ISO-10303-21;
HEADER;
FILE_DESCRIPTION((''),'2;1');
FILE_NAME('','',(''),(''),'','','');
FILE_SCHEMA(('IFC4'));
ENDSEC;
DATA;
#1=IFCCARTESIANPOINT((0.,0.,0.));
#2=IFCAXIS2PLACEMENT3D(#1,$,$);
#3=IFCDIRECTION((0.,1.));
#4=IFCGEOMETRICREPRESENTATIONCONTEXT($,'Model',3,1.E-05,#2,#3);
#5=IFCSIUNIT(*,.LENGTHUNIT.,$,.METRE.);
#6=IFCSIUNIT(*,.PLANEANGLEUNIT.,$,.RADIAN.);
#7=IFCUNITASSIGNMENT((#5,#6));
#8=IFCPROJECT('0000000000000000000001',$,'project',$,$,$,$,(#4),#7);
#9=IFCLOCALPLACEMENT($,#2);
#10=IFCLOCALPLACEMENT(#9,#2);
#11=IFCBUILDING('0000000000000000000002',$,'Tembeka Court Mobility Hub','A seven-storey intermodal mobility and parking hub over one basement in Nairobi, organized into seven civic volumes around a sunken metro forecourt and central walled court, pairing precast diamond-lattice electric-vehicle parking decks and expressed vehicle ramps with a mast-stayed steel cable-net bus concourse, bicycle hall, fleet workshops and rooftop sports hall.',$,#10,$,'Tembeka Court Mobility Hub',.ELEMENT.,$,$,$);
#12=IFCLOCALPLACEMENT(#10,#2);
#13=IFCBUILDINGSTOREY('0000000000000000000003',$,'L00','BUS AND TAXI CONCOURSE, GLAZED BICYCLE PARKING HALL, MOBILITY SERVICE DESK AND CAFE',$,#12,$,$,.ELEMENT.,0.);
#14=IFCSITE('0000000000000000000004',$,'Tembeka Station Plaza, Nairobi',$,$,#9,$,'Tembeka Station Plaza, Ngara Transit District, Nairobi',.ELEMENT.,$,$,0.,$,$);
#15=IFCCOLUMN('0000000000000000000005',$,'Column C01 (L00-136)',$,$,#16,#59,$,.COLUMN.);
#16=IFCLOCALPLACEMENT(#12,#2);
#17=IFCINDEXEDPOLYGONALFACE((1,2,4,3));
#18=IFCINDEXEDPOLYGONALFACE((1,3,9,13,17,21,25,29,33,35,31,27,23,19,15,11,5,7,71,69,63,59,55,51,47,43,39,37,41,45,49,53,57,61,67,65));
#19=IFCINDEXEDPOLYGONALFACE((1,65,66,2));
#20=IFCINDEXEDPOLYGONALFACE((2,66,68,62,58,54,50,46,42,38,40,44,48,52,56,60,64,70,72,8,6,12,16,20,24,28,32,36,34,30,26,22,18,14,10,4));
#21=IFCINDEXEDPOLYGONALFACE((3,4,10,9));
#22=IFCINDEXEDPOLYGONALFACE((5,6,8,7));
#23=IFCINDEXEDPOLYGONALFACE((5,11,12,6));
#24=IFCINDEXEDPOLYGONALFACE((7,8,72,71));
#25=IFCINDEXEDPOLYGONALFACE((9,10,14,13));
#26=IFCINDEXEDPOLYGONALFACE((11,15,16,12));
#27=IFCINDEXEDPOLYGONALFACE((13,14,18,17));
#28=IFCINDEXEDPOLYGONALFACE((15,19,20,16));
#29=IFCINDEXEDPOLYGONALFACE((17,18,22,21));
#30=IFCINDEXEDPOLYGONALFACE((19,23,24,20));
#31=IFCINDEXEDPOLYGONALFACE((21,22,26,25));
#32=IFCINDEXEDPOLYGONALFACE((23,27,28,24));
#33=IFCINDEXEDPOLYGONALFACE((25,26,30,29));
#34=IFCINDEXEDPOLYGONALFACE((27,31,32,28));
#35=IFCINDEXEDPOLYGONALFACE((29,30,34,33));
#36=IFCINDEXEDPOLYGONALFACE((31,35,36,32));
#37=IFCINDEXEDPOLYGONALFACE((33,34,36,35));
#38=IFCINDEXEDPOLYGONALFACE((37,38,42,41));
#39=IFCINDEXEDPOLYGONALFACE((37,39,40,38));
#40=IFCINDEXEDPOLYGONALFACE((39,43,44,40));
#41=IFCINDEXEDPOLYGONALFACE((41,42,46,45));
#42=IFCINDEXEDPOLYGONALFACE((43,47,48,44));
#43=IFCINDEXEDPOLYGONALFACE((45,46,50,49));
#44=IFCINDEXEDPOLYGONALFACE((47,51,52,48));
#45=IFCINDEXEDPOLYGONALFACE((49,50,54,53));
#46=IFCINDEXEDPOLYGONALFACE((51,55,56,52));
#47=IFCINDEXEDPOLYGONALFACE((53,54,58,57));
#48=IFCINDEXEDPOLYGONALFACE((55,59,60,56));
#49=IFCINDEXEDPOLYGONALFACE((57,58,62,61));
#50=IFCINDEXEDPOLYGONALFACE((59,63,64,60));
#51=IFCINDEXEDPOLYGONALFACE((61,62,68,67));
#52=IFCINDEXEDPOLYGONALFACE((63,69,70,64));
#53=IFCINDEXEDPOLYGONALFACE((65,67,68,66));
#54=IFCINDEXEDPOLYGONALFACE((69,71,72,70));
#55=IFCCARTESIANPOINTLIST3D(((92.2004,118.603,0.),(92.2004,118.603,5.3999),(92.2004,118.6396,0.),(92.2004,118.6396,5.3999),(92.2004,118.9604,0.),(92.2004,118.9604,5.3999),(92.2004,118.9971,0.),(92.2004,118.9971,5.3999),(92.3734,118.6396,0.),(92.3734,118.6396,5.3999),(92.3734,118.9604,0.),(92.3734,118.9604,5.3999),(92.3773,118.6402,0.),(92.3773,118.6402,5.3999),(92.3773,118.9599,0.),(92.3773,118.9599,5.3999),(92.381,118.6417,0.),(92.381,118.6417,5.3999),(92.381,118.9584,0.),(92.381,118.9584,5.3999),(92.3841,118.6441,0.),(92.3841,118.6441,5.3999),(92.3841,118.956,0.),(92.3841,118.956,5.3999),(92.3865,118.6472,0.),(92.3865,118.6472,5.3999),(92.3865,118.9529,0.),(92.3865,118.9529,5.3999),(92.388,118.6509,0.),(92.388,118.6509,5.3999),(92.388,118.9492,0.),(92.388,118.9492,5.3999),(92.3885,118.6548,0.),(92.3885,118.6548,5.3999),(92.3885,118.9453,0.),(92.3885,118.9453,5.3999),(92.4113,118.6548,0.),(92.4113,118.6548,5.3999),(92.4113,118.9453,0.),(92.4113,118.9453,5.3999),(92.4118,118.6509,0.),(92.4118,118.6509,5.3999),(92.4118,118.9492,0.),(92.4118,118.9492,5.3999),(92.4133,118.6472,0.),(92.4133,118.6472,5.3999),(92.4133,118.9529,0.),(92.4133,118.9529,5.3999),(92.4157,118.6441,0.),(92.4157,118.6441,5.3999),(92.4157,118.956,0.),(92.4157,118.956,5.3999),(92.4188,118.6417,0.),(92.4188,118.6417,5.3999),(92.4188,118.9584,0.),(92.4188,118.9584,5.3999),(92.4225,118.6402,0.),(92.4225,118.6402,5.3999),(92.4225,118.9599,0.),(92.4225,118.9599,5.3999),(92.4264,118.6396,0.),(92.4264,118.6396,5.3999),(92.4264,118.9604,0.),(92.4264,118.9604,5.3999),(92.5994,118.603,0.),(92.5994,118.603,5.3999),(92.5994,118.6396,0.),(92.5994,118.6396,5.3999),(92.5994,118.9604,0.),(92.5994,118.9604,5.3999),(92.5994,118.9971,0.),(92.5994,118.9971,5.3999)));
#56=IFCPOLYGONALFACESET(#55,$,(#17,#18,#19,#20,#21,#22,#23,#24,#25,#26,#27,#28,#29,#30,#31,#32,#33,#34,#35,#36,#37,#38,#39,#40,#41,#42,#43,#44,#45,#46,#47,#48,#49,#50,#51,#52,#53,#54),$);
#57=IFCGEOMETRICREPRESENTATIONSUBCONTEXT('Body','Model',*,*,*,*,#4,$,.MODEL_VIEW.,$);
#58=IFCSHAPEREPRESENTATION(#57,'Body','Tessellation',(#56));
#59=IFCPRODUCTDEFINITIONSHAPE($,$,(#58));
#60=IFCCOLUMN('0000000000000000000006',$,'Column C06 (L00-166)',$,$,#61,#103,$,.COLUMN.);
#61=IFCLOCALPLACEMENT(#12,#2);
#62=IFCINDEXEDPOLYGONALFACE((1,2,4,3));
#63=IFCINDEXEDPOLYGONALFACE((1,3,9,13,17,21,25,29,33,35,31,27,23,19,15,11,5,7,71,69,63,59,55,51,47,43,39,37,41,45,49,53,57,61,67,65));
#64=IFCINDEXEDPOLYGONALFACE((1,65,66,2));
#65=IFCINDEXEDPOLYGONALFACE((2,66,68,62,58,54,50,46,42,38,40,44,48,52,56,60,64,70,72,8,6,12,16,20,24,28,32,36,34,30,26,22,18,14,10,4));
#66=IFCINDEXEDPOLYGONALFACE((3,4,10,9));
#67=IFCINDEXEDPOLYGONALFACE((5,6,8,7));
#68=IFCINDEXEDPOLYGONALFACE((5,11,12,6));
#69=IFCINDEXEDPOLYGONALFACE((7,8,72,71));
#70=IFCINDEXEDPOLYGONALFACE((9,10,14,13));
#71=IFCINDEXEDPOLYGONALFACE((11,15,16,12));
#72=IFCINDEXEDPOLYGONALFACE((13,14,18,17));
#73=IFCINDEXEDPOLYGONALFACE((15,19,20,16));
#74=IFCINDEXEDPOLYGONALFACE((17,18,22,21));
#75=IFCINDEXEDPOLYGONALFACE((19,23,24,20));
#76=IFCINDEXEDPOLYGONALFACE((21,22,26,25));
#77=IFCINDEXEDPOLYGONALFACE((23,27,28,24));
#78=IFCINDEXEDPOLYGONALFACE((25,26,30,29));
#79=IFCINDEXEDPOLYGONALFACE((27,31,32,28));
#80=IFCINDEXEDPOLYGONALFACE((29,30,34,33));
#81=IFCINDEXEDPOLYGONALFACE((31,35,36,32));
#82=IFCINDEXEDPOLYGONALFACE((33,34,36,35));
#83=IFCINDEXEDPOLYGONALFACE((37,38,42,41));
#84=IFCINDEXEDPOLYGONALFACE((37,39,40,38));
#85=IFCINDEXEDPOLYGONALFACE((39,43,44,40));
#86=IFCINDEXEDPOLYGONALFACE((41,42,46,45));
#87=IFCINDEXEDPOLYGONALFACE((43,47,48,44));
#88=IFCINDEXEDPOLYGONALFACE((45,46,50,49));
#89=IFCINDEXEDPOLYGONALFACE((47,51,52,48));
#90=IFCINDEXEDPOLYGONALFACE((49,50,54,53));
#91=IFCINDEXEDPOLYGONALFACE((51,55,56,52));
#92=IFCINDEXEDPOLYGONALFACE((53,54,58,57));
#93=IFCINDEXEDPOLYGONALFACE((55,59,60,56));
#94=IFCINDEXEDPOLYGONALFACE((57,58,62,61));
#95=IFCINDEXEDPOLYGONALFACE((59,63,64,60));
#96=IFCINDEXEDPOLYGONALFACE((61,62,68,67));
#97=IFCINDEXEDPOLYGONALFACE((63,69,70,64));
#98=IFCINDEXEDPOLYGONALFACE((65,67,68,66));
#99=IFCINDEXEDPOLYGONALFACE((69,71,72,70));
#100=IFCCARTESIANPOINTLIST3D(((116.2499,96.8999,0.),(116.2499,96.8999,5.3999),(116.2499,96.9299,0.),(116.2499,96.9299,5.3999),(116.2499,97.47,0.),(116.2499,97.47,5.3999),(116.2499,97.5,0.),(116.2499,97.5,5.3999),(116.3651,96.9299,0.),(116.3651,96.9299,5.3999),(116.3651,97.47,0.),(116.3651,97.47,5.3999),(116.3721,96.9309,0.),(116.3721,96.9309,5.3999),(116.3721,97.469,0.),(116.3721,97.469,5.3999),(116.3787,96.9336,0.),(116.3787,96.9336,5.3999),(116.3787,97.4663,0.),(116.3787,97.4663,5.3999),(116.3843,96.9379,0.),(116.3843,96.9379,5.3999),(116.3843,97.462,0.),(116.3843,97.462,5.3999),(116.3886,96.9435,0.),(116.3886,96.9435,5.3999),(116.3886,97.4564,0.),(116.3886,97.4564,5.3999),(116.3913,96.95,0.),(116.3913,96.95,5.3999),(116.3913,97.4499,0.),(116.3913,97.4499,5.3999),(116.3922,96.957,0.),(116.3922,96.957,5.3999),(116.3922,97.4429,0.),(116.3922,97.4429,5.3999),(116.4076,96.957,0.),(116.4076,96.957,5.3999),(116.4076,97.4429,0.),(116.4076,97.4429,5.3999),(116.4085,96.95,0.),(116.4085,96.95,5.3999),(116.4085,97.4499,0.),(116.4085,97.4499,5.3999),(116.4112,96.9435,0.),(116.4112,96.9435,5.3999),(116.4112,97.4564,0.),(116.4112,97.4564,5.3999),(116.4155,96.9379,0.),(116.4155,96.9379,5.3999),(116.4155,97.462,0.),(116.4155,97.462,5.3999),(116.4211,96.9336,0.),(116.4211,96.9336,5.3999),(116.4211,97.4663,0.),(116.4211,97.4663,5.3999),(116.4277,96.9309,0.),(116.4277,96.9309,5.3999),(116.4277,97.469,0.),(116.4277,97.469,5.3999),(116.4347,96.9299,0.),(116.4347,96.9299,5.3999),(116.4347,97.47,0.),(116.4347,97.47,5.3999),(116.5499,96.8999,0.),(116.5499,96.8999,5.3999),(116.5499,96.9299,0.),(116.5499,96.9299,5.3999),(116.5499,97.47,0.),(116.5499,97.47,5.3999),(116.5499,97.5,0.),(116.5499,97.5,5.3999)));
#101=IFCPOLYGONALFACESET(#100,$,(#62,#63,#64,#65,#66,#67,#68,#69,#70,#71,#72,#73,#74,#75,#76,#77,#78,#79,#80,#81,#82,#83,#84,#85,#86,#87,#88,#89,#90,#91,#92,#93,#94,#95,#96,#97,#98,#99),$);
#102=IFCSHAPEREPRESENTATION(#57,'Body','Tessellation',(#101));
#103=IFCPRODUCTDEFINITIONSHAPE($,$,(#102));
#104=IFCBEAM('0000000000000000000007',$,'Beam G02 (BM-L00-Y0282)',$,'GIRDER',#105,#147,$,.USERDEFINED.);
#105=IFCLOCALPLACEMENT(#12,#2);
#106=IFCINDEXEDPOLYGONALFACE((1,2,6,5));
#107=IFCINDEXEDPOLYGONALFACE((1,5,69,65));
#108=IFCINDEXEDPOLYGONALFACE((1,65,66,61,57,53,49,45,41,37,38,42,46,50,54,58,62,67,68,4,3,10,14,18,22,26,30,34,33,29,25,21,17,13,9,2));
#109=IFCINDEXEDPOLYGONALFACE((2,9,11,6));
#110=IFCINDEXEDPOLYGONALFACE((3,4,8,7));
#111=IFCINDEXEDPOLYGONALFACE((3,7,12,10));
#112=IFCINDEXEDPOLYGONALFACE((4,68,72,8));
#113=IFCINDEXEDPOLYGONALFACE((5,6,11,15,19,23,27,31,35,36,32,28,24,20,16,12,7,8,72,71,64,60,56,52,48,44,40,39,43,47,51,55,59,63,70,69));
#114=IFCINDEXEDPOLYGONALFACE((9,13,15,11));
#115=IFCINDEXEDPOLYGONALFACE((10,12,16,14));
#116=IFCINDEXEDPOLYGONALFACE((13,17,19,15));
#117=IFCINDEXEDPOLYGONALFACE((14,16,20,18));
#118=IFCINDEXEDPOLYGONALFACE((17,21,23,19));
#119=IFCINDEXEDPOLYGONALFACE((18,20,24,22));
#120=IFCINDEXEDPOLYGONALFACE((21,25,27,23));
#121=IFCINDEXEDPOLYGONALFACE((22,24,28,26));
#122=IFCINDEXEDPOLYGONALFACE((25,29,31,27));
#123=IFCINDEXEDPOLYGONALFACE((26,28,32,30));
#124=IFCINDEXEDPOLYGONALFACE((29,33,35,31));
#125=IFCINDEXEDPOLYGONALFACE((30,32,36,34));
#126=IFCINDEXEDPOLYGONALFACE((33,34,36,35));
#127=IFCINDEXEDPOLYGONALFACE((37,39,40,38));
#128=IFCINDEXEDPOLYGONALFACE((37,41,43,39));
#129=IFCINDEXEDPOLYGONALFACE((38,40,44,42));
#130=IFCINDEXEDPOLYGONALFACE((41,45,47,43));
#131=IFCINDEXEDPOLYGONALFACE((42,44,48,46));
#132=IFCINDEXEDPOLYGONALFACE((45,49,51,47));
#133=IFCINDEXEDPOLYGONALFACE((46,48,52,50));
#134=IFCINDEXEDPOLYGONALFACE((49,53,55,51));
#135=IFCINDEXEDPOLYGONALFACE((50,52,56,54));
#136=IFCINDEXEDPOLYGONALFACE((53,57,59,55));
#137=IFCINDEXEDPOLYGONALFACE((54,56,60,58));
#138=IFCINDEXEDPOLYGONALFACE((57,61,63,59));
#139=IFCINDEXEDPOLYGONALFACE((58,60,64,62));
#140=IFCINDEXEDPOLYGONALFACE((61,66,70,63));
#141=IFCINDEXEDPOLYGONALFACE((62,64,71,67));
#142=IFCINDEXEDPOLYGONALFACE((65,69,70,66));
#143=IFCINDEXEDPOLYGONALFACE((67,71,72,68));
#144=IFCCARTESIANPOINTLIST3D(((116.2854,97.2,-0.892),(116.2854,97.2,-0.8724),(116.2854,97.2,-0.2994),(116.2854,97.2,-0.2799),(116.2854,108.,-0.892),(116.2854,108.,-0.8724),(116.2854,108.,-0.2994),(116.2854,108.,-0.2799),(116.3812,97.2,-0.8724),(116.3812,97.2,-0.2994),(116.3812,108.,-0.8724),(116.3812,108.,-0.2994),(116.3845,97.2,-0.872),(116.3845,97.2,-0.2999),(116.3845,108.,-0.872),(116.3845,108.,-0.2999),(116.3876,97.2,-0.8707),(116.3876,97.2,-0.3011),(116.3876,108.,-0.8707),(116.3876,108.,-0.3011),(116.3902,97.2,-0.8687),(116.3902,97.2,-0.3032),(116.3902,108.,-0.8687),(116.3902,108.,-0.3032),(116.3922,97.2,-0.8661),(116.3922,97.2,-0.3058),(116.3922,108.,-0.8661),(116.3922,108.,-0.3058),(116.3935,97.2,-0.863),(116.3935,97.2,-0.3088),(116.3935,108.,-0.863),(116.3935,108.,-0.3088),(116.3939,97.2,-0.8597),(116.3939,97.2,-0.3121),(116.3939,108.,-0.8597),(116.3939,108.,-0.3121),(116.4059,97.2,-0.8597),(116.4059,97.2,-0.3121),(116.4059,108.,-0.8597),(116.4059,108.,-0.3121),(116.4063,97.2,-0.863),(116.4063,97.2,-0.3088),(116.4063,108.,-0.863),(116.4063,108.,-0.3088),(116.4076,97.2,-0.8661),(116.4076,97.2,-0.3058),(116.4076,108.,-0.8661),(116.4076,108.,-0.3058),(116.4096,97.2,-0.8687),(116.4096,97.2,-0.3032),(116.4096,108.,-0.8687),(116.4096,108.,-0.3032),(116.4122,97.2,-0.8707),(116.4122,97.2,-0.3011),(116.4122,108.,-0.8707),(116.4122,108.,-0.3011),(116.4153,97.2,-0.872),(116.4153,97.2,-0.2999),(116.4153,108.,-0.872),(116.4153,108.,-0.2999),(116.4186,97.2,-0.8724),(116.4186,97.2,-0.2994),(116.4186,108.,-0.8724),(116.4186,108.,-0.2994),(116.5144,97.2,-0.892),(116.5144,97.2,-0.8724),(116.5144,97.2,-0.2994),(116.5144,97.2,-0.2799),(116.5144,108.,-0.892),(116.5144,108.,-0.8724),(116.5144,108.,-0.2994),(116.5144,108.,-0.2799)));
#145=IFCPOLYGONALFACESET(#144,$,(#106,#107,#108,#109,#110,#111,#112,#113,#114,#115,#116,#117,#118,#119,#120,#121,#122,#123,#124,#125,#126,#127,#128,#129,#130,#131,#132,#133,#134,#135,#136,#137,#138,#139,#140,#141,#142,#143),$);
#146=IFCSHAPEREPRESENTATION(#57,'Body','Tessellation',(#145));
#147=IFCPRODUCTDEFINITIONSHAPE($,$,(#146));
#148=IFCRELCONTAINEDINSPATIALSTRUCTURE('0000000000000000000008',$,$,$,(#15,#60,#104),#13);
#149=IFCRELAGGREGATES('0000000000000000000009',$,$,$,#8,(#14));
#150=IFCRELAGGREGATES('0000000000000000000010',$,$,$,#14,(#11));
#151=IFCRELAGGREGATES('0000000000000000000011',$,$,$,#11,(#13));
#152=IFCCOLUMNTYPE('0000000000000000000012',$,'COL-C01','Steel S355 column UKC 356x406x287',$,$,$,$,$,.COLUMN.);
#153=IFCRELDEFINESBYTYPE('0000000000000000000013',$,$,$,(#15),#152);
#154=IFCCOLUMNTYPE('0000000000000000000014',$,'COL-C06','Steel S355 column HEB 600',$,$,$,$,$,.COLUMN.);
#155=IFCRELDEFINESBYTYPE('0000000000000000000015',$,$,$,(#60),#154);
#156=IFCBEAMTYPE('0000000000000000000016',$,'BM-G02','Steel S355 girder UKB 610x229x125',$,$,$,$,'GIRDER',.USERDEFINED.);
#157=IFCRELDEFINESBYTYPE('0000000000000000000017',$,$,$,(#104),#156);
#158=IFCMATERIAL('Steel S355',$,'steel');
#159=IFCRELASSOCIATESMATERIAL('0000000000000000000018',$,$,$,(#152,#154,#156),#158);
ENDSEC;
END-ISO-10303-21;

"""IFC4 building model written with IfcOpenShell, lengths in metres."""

from ifc_helpers import new_model, si_unit, direction, frame, origin, origin_2d, place, context, subcontext, project, spatial, i_section, extrude, material, material_profile, profile_set, type_object, element, save


model = new_model("IFC4")

# Units and contexts
model_context = context("Model", 3, precision=1e-05, world=origin(), true_north=direction((0.0, 1.0)))
body_context = subcontext(model_context, "Body", "Model", "MODEL_VIEW")
ifc_project = project(units=[si_unit("LENGTHUNIT", "METRE"), si_unit("PLANEANGLEUNIT", "RADIAN")], contexts=[model_context])

# Site, building, storey
site_placement = place(None, origin())
site = spatial("IfcSite", under=ifc_project, at=site_placement, Name="Tembeka Station Plaza, Nairobi", LongName="Tembeka Station Plaza, Ngara Transit District, Nairobi", CompositionType="ELEMENT", RefElevation=0.0)
building_placement = place(site_placement, origin())
building = spatial("IfcBuilding", under=site, at=building_placement, Name="Tembeka Court Mobility Hub", Description="A seven-storey intermodal mobility and parking hub over one basement in Nairobi, organized into seven civic volumes around a sunken metro forecourt and central walled court, pairing precast diamond-lattice electric-vehicle parking decks and expressed vehicle ramps with a mast-stayed steel cable-net bus concourse, bicycle hall, fleet workshops and rooftop sports hall.", LongName="Tembeka Court Mobility Hub", CompositionType="ELEMENT")
storey_placement = place(building_placement, origin())
storey = spatial("IfcBuildingStorey", under=building, at=storey_placement, Name="L00", Description="BUS AND TAXI CONCOURSE, GLAZED BICYCLE PARKING HALL, MOBILITY SERVICE DESK AND CAFE", CompositionType="ELEMENT", Elevation=0.0)

# Columns
ifc_material_1 = material(Name="Steel S355", Category="steel")
ifc_material_profile_1 = material_profile(ifc_material_1, i_section(OverallWidth=0.3989, OverallDepth=0.394, WebThickness=0.0227, FlangeThickness=0.0366, FilletRadius=0.0151, at=origin_2d()), Name="UKC 356x406x287")
ifc_profile_set_1 = profile_set([ifc_material_profile_1], Name="Steel S355")
column_type_1 = type_object("IfcColumnType", Name="COL-C01", Description="Steel S355 column UKC 356x406x287", PredefinedType="COLUMN", material=ifc_profile_set_1)
column_1_placement = place(storey_placement, frame((92.3999, 118.8, 0.0), z_axis=(0.0, 0.0, 1.0), x_axis=(1.0, 0.0, 0.0)))
element("IfcColumn", 1, at=column_1_placement, inside=storey, type_object=column_type_1, Name="Column C01 (L00-136)", PredefinedType="COLUMN", context=body_context, shape_type="SweptSolid", body=[
    extrude(i_section(OverallWidth=0.3989, OverallDepth=0.394, WebThickness=0.0227, FlangeThickness=0.0366, FilletRadius=0.0151, at=origin_2d()), origin(), (0.0, 0.0, 1.0), 5.3999),
])
ifc_material_profile_2 = material_profile(ifc_material_1, i_section(OverallWidth=0.3, OverallDepth=0.6001, WebThickness=0.0154, FlangeThickness=0.03, FilletRadius=0.0271, at=origin_2d()), Name="HEB 600")
ifc_profile_set_2 = profile_set([ifc_material_profile_2], Name="Steel S355")
column_type_2 = type_object("IfcColumnType", Name="COL-C06", Description="Steel S355 column HEB 600", PredefinedType="COLUMN", material=ifc_profile_set_2)
column_2_placement = place(storey_placement, frame((116.3999, 97.2, 0.0), z_axis=(0.0, 0.0, 1.0), x_axis=(1.0, 0.0, 0.0)))
element("IfcColumn", 2, at=column_2_placement, inside=storey, type_object=column_type_2, Name="Column C06 (L00-166)", PredefinedType="COLUMN", context=body_context, shape_type="SweptSolid", body=[
    extrude(i_section(OverallWidth=0.3, OverallDepth=0.6001, WebThickness=0.0154, FlangeThickness=0.03, FilletRadius=0.0271, at=origin_2d()), origin(), (0.0, 0.0, 1.0), 5.3999),
])

# Beam
ifc_material_profile_3 = material_profile(ifc_material_1, i_section(OverallWidth=0.229, OverallDepth=0.6121, WebThickness=0.012, FlangeThickness=0.0195, FilletRadius=0.0127, at=origin_2d()), Name="UKB 610x229x125")
ifc_profile_set_3 = profile_set([ifc_material_profile_3], Name="Steel S355")
beam_type_1 = type_object("IfcBeamType", Name="BM-G02", Description="Steel S355 girder UKB 610x229x125", ElementType="GIRDER", PredefinedType="USERDEFINED", material=ifc_profile_set_3)
beam_1_placement = place(storey_placement, frame((116.3999, 97.2, -0.5859), z_axis=(0.0, 1.0, 0.0), x_axis=(-1.0, 0.0, 0.0)))
element("IfcBeam", 3, at=beam_1_placement, inside=storey, type_object=beam_type_1, Name="Beam G02 (BM-L00-Y0282)", ObjectType="GIRDER", PredefinedType="USERDEFINED", context=body_context, shape_type="SweptSolid", body=[
    extrude(i_section(OverallWidth=0.229, OverallDepth=0.6121, WebThickness=0.012, FlangeThickness=0.0195, FilletRadius=0.0127, at=origin_2d()), origin(), (0.0, 0.0, 1.0), 10.8),
])

save(model, "model.ifc")
